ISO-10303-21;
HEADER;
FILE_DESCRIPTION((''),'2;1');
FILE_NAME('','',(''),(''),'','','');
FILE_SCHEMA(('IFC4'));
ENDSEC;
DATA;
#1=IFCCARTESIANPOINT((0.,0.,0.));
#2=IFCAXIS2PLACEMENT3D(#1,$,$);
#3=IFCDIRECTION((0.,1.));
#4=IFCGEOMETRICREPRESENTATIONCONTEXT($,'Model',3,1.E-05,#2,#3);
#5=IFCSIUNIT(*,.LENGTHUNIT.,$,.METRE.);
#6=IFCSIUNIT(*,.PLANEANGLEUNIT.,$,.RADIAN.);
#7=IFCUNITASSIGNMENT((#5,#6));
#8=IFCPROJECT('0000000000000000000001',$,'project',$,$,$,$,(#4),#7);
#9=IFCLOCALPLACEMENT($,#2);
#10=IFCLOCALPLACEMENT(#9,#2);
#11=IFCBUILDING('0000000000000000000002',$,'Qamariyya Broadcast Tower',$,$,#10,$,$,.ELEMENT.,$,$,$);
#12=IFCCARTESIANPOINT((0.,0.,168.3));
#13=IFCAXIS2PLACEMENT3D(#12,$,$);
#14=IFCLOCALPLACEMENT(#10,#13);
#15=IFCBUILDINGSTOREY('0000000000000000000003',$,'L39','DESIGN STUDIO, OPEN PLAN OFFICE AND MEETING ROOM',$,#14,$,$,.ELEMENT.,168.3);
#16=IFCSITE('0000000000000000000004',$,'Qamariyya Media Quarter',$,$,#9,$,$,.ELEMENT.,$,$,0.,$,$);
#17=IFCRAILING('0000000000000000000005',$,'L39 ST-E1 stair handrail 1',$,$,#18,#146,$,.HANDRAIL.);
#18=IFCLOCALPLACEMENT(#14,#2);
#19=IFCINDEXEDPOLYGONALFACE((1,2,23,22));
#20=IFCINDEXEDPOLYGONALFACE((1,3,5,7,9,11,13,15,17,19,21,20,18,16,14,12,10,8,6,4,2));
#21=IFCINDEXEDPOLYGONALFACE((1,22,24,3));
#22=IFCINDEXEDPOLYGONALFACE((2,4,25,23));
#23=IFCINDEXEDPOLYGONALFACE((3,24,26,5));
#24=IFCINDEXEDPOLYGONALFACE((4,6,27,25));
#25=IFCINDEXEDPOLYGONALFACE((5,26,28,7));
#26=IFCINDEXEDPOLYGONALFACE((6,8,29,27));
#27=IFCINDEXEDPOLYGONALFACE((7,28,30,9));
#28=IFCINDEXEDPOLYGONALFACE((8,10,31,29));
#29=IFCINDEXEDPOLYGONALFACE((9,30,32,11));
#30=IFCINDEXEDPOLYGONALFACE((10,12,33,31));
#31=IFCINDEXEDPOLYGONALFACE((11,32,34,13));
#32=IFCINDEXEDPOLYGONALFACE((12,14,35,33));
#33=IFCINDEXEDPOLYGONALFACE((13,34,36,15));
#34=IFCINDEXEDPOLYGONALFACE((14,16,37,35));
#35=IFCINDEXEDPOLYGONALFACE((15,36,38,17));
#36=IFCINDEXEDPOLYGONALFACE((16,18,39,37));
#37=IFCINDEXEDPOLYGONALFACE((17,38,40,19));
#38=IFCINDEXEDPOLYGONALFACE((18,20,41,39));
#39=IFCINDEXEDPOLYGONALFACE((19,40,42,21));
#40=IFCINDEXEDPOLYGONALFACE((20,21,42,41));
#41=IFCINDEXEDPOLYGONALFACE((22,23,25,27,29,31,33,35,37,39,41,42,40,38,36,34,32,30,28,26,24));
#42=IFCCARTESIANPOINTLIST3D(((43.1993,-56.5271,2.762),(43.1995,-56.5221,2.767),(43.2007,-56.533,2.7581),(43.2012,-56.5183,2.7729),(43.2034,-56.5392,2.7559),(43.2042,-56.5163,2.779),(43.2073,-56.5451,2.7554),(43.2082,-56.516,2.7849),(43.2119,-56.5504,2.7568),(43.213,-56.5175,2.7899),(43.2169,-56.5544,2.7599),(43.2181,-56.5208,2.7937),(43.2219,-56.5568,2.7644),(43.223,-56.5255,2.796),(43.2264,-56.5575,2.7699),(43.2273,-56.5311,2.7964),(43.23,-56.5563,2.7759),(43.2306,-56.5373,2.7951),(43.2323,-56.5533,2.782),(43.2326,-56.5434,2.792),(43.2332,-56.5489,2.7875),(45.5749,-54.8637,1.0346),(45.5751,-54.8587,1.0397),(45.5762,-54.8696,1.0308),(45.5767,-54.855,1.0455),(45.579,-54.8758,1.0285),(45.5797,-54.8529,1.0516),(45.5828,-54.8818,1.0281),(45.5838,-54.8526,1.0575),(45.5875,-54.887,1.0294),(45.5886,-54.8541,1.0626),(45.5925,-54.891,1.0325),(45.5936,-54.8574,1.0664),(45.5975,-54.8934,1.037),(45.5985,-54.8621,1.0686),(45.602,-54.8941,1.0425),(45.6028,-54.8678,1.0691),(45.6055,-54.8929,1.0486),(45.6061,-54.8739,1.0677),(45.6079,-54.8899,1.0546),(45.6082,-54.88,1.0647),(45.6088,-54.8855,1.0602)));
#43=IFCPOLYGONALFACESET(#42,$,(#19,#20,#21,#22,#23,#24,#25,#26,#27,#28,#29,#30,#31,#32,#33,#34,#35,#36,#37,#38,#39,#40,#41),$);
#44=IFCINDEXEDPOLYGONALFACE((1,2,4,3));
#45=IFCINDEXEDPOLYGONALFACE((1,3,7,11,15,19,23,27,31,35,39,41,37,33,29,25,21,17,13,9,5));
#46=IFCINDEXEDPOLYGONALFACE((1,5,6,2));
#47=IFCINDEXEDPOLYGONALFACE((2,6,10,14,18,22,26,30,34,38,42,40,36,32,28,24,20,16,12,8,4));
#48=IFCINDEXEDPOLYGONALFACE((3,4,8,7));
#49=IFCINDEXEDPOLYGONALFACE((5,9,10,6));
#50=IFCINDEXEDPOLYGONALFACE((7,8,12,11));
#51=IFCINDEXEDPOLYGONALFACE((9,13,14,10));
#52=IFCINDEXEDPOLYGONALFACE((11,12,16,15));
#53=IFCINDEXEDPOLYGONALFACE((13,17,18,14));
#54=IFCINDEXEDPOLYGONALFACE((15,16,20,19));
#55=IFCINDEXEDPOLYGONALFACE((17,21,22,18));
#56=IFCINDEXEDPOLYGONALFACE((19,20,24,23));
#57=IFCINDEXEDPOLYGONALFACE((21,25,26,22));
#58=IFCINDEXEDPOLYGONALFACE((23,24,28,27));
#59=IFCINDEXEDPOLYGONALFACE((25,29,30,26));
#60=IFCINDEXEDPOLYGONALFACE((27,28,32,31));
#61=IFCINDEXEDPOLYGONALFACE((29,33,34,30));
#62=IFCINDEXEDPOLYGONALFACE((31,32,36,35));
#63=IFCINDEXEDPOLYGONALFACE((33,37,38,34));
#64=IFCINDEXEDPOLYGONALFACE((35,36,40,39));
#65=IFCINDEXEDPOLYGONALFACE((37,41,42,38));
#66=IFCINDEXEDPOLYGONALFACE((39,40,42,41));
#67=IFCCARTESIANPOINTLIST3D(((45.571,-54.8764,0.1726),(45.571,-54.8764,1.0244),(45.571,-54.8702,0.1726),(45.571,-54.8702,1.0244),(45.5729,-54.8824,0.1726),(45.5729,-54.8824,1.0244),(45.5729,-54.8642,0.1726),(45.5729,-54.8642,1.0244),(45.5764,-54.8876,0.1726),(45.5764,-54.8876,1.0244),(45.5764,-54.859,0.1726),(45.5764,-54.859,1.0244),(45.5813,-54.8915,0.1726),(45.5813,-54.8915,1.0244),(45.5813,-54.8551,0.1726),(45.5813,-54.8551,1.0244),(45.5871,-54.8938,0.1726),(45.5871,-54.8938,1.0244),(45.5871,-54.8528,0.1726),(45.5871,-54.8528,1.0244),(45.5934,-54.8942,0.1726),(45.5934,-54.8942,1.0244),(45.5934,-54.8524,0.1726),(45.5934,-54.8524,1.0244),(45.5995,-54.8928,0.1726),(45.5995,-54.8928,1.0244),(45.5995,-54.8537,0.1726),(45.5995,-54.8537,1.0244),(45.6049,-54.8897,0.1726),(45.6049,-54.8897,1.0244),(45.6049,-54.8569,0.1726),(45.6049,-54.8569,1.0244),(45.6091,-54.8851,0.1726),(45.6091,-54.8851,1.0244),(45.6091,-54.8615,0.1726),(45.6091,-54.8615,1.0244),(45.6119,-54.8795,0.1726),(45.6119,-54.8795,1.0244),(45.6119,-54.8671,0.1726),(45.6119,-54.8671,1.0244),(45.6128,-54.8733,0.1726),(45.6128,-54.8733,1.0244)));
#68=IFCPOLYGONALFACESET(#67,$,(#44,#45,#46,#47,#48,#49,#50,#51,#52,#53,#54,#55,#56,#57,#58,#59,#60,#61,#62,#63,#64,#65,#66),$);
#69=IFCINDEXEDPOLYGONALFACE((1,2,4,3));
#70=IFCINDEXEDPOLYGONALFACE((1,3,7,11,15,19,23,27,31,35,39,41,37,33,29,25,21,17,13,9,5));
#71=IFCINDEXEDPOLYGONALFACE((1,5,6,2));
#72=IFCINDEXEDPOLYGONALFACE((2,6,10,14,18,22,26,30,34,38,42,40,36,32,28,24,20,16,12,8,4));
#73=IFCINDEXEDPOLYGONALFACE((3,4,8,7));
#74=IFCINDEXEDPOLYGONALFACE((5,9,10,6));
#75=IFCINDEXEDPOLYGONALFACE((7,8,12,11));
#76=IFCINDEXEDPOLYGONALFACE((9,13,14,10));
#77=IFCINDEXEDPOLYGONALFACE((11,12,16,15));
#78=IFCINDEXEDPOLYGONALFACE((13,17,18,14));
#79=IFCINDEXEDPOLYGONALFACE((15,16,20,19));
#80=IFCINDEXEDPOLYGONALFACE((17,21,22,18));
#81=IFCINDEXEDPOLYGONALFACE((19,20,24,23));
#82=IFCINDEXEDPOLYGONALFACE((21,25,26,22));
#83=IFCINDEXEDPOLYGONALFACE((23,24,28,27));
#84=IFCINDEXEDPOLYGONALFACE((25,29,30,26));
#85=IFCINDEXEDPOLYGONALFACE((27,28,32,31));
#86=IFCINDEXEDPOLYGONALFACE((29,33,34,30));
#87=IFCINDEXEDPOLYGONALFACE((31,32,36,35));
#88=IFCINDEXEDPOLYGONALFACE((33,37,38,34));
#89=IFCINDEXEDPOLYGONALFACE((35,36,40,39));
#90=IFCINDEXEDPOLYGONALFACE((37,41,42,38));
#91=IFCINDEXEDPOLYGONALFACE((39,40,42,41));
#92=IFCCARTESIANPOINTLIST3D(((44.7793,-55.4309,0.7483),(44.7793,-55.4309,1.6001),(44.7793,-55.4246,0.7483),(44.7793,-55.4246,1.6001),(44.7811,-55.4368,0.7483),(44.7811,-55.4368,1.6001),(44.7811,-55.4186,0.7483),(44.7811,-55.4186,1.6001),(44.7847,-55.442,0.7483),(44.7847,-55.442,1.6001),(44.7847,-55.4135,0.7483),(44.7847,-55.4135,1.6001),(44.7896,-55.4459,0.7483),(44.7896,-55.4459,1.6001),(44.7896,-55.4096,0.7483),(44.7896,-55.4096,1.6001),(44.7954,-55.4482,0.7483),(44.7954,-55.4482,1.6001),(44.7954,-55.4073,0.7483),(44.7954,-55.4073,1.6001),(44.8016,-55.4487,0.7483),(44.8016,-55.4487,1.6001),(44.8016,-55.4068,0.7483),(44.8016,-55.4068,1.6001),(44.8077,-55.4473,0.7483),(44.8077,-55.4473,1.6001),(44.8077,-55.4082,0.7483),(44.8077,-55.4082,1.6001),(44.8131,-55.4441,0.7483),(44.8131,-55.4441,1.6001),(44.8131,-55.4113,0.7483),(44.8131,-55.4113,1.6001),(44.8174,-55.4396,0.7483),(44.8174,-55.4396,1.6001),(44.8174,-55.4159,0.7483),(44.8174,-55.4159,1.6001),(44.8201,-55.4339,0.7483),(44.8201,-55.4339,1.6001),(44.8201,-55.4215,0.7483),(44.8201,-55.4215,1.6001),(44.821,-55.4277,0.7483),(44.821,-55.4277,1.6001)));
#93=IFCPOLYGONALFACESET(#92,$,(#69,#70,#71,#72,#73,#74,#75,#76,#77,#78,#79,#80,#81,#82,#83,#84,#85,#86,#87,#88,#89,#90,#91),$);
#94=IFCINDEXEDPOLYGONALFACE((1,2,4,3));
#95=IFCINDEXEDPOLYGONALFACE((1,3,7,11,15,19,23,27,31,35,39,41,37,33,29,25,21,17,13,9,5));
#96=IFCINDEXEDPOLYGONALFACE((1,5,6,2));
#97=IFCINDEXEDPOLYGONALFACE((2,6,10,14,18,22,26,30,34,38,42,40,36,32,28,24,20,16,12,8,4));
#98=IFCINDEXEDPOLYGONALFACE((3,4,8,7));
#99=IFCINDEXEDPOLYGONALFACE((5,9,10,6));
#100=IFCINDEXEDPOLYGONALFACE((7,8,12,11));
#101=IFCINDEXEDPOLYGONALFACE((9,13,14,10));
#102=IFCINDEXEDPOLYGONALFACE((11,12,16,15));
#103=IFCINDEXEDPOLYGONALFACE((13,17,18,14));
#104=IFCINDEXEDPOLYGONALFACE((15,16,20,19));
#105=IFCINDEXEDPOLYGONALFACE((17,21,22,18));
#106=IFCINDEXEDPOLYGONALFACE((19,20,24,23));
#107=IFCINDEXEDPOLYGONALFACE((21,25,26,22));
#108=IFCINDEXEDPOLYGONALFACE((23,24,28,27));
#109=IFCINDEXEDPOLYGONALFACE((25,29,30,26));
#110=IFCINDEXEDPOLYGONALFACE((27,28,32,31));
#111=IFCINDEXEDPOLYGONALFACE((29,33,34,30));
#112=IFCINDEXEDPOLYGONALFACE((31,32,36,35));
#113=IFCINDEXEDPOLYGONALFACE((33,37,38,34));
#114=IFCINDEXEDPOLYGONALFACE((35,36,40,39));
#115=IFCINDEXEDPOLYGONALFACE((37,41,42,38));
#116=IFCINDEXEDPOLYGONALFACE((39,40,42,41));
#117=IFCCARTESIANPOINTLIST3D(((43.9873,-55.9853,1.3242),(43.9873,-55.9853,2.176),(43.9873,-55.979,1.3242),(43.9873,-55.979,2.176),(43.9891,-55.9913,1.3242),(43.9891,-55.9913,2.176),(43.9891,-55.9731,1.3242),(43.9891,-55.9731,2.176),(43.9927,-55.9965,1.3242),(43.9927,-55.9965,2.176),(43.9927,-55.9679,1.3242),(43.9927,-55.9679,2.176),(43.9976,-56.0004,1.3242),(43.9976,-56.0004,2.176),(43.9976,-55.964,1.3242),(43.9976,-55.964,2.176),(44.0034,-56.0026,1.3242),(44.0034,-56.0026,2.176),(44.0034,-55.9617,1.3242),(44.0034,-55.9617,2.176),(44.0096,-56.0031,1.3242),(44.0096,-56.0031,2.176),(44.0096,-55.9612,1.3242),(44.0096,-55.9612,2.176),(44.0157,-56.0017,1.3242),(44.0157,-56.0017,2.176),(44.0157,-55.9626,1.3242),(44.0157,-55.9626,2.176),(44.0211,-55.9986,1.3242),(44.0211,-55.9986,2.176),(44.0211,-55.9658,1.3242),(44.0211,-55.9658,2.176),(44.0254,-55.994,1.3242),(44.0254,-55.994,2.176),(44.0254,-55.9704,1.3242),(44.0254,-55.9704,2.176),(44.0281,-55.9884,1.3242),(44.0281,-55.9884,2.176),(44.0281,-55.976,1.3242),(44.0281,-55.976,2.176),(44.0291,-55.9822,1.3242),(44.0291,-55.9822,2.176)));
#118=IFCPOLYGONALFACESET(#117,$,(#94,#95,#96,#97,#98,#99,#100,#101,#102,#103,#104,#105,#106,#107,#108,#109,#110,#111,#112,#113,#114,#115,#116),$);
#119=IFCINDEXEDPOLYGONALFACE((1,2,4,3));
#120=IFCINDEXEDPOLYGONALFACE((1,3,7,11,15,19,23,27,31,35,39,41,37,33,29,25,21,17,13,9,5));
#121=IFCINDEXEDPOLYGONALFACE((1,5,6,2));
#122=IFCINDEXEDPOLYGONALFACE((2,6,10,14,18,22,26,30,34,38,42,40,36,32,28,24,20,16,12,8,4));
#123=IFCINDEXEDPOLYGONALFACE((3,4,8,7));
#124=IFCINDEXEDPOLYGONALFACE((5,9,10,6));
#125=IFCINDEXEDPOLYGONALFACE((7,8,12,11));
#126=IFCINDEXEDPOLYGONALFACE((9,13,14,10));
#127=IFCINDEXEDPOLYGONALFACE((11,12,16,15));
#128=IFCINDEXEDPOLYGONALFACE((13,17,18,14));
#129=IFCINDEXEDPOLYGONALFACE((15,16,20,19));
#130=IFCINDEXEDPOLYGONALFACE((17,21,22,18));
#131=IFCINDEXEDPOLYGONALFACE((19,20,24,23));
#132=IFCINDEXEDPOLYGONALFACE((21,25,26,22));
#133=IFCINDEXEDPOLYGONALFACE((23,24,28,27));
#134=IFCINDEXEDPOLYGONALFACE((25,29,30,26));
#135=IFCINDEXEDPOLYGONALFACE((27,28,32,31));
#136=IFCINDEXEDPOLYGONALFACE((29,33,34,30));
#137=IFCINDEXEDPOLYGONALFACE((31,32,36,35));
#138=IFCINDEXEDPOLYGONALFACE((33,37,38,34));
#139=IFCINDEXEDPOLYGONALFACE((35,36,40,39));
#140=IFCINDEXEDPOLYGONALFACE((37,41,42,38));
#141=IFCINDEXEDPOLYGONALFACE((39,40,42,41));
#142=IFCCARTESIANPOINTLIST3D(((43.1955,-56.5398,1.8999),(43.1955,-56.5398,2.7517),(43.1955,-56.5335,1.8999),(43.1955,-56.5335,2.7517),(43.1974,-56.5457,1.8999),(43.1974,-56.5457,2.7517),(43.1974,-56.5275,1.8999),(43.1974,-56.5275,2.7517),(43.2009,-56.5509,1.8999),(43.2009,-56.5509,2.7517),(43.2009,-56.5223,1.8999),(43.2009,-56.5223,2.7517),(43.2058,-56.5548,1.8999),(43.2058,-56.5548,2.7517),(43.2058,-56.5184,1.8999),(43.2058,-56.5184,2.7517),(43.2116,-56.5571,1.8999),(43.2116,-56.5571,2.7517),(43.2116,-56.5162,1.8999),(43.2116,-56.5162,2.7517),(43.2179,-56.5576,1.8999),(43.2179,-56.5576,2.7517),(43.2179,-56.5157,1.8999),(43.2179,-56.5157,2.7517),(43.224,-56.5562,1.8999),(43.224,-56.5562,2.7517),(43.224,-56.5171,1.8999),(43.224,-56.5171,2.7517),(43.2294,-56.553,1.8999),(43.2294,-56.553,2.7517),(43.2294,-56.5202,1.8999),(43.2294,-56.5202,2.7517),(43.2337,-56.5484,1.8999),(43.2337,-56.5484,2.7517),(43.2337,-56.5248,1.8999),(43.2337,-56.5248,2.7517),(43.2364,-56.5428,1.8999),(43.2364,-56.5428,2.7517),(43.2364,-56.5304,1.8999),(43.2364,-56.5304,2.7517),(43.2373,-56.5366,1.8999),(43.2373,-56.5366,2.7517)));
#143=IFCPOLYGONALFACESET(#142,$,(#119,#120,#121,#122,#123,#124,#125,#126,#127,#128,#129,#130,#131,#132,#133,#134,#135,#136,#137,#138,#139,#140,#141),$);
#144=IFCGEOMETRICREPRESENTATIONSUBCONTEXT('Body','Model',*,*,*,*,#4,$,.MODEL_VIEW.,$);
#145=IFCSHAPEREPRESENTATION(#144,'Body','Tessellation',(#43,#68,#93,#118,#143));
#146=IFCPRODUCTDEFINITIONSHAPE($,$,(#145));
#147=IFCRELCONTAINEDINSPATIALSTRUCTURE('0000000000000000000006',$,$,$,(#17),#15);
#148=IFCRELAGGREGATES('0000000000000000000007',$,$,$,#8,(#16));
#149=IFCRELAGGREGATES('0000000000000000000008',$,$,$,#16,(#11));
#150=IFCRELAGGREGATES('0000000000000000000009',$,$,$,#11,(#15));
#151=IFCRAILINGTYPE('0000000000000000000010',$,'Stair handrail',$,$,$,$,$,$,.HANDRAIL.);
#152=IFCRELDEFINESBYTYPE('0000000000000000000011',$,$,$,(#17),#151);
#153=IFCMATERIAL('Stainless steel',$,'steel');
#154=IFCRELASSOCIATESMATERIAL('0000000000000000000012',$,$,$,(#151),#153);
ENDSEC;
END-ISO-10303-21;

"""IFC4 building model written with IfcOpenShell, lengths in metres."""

from ifc_helpers import new_model, si_unit, direction, frame, origin, origin_2d, place, context, subcontext, project, spatial, circle, extrude, material, type_object, element, save


model = new_model("IFC4")

# Units and contexts
model_context = context("Model", 3, precision=1e-05, world=origin(), true_north=direction((0.0, 1.0)))
body_context = subcontext(model_context, "Body", "Model", "MODEL_VIEW")
ifc_project = project(units=[si_unit("LENGTHUNIT", "METRE"), si_unit("PLANEANGLEUNIT", "RADIAN")], contexts=[model_context])

# Site, building, storey
site_placement = place(None, origin())
site = spatial("IfcSite", under=ifc_project, at=site_placement, Name="Qamariyya Media Quarter", CompositionType="ELEMENT", RefElevation=0.0)
building_placement = place(site_placement, origin())
building = spatial("IfcBuilding", under=site, at=building_placement, Name="Qamariyya Broadcast Tower", CompositionType="ELEMENT")
storey_placement = place(building_placement, frame((0.0, 0.0, 168.3)))
storey = spatial("IfcBuildingStorey", under=building, at=storey_placement, Name="L39", Description="DESIGN STUDIO, OPEN PLAN OFFICE AND MEETING ROOM", CompositionType="ELEMENT", Elevation=168.3)

# Railing
ifc_material_1 = material(Name="Stainless steel", Category="steel")
railing_type_1 = type_object("IfcRailingType", Name="Stair handrail", PredefinedType="HANDRAIL", material=ifc_material_1)
railing_1_placement = place(storey_placement, frame((45.5918, -54.8733, 0.1726)))
element("IfcRailing", 1, at=railing_1_placement, inside=storey, type_object=railing_type_1, Name="L39 ST-E1 stair handrail 1", PredefinedType="HANDRAIL", context=body_context, shape_type="SweptSolid", body=[
    extrude(circle(Radius=0.0239, at=origin_2d()), frame((0.0, 0.0, 0.876), z_axis=(-0.70377, -0.492784, 0.511734), x_axis=(0.573575, -0.819153, 0.0)), (0.0, 0.0, 1.0), 3.3755),
    extrude(circle(Radius=0.021, at=origin_2d()), origin(), (0.0, 0.0, 1.0), 0.8518),
    extrude(circle(Radius=0.021, at=origin_2d()), frame((-0.7917, -0.5544, 0.5757)), (0.0, 0.0, 1.0), 0.8518),
    extrude(circle(Radius=0.021, at=origin_2d()), frame((-1.5837, -1.1089, 1.1516)), (0.0, 0.0, 1.0), 0.8518),
    extrude(circle(Radius=0.021, at=origin_2d()), frame((-2.3755, -1.6633, 1.7273)), (0.0, 0.0, 1.0), 0.8518),
])

save(model, "model.ifc")
